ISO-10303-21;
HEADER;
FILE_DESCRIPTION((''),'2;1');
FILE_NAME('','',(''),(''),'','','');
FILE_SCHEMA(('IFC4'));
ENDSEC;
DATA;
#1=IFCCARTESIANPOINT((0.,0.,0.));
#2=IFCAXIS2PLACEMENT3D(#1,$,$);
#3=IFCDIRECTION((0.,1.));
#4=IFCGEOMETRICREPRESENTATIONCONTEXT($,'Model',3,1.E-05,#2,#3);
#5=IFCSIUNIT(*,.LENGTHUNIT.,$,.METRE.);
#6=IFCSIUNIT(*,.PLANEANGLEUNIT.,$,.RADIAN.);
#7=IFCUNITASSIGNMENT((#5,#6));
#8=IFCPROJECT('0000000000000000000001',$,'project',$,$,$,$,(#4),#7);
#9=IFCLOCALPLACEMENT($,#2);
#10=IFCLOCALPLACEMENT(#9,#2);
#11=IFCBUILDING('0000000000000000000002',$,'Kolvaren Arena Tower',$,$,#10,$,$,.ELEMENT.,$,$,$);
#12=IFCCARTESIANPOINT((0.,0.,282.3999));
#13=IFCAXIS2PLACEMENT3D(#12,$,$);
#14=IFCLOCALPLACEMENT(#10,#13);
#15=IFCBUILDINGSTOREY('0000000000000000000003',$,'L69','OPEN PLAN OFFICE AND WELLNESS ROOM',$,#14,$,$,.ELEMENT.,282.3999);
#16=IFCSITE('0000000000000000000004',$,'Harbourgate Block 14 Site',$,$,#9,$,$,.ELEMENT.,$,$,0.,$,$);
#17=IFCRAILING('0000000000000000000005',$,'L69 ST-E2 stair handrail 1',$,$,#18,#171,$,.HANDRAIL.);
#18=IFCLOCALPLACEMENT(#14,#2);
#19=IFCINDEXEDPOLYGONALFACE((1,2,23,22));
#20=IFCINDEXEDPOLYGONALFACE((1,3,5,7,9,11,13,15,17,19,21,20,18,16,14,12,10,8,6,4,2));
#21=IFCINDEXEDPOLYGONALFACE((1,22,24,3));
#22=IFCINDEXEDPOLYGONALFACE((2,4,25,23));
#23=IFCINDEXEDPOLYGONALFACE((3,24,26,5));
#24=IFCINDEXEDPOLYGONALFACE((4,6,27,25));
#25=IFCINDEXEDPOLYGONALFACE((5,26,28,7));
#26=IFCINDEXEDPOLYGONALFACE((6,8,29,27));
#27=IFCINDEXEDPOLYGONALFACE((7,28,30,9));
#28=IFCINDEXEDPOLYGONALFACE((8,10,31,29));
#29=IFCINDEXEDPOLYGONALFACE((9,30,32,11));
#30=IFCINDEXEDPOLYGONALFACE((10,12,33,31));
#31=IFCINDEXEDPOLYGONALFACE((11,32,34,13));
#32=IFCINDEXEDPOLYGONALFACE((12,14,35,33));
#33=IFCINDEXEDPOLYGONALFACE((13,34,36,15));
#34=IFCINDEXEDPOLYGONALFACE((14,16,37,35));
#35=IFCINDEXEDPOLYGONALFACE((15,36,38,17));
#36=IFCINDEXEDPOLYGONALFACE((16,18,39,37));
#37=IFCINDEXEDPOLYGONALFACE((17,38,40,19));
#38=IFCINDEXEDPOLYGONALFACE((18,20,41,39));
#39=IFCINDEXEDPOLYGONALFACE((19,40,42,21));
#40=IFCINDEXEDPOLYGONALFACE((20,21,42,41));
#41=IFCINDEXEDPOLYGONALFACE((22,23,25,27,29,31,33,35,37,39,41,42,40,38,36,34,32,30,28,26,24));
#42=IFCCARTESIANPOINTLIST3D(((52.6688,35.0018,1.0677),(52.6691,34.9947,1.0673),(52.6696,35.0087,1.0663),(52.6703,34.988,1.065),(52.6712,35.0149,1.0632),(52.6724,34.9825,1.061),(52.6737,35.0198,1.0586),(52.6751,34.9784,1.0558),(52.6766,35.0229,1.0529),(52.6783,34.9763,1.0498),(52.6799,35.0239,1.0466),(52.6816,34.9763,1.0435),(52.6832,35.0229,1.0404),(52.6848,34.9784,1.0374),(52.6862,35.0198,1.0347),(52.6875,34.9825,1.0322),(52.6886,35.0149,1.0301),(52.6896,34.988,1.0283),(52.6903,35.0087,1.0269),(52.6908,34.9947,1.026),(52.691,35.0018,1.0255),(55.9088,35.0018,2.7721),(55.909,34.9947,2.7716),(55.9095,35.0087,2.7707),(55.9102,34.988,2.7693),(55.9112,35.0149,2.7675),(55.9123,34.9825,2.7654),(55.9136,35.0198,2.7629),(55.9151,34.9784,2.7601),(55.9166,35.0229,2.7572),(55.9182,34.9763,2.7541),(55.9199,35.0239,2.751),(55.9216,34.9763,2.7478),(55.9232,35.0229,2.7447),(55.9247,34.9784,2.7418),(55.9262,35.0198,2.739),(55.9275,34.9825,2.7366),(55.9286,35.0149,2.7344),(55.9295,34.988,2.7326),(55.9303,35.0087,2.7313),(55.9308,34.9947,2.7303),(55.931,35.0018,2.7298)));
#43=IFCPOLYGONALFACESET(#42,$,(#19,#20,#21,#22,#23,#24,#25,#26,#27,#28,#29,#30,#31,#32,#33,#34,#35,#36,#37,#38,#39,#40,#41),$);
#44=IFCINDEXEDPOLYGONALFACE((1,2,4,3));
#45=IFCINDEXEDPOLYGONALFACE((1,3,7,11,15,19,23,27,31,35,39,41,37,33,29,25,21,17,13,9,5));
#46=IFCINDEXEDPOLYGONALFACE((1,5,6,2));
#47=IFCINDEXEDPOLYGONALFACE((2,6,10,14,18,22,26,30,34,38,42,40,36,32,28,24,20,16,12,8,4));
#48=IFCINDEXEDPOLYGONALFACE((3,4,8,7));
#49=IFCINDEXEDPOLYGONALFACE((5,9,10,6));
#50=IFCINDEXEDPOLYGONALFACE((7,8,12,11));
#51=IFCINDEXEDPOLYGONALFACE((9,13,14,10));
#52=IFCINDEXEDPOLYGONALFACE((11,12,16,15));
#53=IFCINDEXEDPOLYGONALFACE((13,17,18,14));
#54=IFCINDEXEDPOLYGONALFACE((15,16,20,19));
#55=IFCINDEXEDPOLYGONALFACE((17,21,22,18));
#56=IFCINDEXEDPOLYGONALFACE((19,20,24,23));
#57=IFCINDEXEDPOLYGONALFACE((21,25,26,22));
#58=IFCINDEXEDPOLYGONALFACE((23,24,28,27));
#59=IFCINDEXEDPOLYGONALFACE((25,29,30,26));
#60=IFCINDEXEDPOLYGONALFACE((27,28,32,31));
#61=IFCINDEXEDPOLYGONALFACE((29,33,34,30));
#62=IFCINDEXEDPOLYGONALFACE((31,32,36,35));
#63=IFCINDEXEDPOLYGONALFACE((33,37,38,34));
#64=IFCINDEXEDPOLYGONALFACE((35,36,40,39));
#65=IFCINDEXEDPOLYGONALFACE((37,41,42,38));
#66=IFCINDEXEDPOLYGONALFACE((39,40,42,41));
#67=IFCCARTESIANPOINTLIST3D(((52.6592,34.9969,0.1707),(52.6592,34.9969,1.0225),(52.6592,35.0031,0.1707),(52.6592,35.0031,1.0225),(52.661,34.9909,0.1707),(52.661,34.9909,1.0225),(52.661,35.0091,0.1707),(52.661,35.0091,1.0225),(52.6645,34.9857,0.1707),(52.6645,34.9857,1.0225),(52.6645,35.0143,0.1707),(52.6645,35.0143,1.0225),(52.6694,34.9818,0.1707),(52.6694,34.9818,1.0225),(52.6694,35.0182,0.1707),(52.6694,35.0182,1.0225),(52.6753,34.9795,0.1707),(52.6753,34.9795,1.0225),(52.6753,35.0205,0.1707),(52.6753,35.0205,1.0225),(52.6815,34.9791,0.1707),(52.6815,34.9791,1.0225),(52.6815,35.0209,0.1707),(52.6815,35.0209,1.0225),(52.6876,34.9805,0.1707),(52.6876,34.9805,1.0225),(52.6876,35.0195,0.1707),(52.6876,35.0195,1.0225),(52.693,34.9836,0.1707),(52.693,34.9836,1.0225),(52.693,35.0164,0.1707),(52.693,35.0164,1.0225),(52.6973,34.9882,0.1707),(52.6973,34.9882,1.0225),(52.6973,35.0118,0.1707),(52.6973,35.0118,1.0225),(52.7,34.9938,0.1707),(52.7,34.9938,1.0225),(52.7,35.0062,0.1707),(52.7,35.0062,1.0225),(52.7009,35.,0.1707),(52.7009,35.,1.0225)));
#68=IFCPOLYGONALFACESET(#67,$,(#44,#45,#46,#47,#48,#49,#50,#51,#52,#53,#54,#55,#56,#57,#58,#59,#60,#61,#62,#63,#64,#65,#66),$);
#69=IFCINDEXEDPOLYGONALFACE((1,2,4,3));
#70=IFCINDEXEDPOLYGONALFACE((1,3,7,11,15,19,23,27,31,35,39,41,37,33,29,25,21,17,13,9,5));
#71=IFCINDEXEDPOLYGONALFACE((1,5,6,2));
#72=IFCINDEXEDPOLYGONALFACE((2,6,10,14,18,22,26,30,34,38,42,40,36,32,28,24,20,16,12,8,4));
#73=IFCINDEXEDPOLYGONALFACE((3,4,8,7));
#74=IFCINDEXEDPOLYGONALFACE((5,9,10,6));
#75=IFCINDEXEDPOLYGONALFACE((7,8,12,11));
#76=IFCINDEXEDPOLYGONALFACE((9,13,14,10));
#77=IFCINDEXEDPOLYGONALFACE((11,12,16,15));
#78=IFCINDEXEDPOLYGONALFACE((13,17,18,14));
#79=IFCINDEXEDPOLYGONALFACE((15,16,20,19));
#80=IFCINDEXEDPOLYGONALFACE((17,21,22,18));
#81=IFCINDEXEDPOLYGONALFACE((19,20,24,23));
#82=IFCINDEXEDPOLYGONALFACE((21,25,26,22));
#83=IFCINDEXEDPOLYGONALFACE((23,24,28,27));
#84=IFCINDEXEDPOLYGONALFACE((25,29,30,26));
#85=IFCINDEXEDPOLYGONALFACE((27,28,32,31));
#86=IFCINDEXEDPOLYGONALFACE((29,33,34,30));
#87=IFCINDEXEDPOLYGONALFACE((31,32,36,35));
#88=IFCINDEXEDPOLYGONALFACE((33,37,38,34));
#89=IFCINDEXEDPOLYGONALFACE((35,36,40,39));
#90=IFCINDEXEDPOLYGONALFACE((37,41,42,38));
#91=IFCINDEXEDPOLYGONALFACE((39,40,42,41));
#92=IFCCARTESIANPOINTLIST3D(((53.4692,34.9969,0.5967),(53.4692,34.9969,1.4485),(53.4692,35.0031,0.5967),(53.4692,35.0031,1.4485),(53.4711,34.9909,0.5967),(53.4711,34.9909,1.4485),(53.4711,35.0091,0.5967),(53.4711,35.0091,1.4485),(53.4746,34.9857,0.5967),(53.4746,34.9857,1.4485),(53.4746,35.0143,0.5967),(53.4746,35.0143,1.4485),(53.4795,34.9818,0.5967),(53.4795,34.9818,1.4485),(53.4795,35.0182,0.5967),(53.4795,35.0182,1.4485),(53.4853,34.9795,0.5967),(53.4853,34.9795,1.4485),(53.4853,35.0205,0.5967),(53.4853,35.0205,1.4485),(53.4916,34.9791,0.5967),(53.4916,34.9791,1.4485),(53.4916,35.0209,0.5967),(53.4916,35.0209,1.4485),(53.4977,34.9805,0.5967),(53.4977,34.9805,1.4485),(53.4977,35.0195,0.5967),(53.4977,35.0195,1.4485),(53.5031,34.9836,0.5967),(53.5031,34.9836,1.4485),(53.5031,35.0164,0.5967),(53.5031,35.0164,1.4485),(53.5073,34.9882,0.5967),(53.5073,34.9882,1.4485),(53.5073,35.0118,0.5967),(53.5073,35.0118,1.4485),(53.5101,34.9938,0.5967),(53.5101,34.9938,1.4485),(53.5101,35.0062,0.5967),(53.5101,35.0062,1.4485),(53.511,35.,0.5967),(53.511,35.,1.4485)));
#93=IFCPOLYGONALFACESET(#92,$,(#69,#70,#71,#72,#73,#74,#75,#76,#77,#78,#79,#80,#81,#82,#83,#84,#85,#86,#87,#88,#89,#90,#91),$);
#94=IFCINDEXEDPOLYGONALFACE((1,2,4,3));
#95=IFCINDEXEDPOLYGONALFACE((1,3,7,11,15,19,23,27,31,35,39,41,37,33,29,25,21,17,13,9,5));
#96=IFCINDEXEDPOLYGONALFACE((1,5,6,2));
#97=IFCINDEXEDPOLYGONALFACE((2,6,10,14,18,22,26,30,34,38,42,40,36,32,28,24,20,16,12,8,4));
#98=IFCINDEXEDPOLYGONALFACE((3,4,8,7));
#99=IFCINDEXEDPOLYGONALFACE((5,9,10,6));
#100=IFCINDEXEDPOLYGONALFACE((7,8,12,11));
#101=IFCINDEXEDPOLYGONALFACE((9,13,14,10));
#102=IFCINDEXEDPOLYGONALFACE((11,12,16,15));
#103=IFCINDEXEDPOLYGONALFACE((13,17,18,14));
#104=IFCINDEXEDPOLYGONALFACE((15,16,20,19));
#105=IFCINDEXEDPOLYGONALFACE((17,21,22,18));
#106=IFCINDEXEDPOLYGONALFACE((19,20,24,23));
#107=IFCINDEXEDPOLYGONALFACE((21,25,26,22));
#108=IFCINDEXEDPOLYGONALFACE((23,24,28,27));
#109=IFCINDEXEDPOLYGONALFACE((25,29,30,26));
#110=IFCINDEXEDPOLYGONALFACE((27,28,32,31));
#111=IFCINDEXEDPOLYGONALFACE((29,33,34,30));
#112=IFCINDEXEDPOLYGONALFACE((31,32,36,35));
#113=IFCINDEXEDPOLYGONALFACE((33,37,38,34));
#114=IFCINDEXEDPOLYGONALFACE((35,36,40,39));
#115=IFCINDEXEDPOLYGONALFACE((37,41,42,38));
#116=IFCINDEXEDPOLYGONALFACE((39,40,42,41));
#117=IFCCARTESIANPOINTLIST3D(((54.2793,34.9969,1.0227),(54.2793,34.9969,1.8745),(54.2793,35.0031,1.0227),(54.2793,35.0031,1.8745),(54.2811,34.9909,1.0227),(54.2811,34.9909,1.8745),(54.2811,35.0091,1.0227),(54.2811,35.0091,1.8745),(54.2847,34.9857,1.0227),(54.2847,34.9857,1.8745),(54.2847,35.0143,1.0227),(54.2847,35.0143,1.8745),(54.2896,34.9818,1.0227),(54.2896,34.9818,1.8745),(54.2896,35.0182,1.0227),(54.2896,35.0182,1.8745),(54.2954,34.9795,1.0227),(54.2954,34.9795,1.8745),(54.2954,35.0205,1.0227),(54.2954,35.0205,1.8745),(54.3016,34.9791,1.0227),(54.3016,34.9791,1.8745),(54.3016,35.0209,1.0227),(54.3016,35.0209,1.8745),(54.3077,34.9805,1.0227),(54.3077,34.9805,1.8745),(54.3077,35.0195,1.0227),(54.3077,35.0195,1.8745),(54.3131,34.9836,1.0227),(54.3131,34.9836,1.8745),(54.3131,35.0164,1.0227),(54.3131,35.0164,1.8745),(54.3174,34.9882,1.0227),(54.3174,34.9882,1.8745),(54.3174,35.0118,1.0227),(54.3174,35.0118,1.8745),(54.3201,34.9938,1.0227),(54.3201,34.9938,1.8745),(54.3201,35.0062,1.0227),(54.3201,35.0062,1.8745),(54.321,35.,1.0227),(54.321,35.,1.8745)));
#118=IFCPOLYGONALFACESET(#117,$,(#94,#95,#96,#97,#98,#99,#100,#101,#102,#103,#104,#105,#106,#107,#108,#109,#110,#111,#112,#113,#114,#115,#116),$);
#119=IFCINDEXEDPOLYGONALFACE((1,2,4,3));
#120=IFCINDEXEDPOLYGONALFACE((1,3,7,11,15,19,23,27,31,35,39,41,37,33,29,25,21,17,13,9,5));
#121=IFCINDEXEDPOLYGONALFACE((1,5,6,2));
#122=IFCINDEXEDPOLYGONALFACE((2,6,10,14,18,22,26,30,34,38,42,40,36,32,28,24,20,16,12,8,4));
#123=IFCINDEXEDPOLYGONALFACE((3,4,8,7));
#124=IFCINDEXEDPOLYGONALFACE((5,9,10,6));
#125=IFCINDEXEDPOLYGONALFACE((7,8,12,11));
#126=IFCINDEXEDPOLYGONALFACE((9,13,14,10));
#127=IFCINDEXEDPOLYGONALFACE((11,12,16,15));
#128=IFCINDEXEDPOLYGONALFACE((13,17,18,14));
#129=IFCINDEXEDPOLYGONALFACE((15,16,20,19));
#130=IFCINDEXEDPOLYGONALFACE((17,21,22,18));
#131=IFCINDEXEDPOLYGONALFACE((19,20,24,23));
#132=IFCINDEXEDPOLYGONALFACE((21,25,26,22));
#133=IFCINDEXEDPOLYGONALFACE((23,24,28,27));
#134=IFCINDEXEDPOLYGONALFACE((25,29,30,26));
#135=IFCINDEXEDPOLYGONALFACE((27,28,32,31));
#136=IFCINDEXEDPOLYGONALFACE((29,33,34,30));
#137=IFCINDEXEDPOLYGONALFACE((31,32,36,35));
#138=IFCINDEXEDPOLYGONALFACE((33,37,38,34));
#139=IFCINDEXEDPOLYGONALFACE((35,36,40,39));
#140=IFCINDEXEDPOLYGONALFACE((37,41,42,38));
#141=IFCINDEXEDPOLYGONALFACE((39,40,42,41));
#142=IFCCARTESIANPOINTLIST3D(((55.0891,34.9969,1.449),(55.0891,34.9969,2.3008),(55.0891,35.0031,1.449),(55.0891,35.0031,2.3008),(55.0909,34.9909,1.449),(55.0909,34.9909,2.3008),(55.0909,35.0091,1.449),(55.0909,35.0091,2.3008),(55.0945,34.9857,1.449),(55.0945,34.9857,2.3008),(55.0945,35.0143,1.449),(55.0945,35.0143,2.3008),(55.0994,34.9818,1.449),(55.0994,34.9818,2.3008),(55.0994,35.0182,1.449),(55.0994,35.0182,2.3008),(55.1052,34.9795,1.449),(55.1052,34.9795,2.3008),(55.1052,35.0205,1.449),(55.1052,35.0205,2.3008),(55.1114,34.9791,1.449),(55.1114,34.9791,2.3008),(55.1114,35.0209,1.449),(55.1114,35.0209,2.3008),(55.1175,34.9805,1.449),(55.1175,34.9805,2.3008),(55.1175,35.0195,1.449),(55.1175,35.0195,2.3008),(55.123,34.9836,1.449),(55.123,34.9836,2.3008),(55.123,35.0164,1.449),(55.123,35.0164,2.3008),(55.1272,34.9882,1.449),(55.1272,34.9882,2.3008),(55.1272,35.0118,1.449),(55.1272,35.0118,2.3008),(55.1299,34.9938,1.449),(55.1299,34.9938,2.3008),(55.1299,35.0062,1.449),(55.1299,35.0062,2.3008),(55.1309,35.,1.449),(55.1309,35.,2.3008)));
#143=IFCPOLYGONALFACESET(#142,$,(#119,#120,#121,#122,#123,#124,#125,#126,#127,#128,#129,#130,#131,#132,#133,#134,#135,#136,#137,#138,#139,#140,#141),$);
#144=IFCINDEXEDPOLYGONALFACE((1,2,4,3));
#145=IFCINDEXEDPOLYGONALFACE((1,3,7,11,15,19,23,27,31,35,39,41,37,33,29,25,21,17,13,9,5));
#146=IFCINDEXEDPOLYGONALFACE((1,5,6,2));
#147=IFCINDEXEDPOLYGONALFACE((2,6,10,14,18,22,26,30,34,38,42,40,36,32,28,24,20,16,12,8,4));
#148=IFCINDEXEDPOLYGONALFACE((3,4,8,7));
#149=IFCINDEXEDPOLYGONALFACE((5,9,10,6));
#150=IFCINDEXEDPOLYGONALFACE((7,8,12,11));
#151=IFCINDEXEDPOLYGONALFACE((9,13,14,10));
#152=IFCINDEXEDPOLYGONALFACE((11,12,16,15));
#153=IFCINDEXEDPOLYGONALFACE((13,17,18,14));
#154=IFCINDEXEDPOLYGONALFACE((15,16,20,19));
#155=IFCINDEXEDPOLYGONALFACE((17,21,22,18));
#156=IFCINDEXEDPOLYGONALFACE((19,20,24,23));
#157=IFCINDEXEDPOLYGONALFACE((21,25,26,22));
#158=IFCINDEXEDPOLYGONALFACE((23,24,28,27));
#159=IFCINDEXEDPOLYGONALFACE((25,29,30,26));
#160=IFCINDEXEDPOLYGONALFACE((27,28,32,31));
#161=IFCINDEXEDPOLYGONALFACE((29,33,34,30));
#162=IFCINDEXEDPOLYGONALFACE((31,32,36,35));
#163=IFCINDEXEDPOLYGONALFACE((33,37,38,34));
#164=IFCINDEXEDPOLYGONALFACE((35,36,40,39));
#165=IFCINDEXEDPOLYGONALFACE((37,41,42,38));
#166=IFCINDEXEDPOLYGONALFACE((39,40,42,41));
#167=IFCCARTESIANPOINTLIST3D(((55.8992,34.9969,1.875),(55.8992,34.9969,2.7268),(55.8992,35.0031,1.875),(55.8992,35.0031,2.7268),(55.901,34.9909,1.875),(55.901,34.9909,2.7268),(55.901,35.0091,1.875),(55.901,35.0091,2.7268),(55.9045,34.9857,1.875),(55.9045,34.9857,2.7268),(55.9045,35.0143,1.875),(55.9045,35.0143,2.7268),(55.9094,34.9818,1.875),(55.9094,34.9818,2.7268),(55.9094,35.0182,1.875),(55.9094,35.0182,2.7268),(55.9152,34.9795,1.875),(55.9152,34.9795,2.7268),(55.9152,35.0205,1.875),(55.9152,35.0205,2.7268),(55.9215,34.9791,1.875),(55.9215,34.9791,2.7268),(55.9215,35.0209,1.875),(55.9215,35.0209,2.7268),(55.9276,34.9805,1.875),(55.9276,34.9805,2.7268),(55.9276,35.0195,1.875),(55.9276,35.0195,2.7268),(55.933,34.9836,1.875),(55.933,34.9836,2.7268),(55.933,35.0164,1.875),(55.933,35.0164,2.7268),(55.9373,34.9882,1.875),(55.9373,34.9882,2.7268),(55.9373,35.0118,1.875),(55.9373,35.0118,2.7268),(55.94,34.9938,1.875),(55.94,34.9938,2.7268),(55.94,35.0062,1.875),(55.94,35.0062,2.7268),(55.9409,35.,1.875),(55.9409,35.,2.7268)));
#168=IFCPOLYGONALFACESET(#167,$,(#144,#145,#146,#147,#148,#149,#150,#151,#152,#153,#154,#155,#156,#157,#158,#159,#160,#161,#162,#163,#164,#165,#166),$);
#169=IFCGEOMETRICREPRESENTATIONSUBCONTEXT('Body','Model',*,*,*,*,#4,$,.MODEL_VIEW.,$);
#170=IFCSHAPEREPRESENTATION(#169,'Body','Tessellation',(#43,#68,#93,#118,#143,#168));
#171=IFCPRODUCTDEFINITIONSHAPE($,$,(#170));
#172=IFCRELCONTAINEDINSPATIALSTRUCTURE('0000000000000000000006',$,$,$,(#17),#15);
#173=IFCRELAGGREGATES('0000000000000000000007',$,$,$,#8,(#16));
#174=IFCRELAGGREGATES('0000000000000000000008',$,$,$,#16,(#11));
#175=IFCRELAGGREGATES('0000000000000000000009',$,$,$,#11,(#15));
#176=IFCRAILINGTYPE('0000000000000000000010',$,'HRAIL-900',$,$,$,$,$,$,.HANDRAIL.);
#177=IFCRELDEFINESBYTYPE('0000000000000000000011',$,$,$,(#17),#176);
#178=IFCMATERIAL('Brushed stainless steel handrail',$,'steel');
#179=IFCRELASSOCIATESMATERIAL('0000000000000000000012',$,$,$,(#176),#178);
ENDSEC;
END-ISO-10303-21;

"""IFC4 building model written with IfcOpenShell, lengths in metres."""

from ifc_helpers import new_model, si_unit, direction, frame, origin, origin_2d, place, context, subcontext, project, spatial, circle, extrude, material, type_object, element, save


model = new_model("IFC4")

# Units and contexts
model_context = context("Model", 3, precision=1e-05, world=origin(), true_north=direction((0.0, 1.0)))
body_context = subcontext(model_context, "Body", "Model", "MODEL_VIEW")
ifc_project = project(units=[si_unit("LENGTHUNIT", "METRE"), si_unit("PLANEANGLEUNIT", "RADIAN")], contexts=[model_context])

# Site, building, storey
site_placement = place(None, origin())
site = spatial("IfcSite", under=ifc_project, at=site_placement, Name="Harbourgate Block 14 Site", CompositionType="ELEMENT", RefElevation=0.0)
building_placement = place(site_placement, origin())
building = spatial("IfcBuilding", under=site, at=building_placement, Name="Kolvaren Arena Tower", CompositionType="ELEMENT")
storey_placement = place(building_placement, frame((0.0, 0.0, 282.3999)))
storey = spatial("IfcBuildingStorey", under=building, at=storey_placement, Name="L69", Description="OPEN PLAN OFFICE AND WELLNESS ROOM", CompositionType="ELEMENT", Elevation=282.3999)

# Railing
ifc_material_1 = material(Name="Brushed stainless steel handrail", Category="steel")
railing_type_1 = type_object("IfcRailingType", Name="HRAIL-900", PredefinedType="HANDRAIL", material=ifc_material_1)
for number, where, name in (
    (1, (52.6799, 35.0, 0.1707), "L69 ST-E2 stair handrail 1"),
):
    element("IfcRailing", number, at=place(storey_placement, frame(where)), inside=storey, type_object=railing_type_1, Name=name, PredefinedType="HANDRAIL", context=body_context, shape_type="SweptSolid", body=[
        extrude(circle(Radius=0.0239, at=origin_2d()), frame((0.0, 0.0, 0.876), z_axis=(0.885021, 0.0, 0.465551), x_axis=(0.0, 1.0, 0.0)), (0.0, 0.0, 1.0), 3.6609),
        extrude(circle(Radius=0.021, at=origin_2d()), origin(), (0.0, 0.0, 1.0), 0.8518),
        extrude(circle(Radius=0.021, at=origin_2d()), frame((0.8101, 0.0, 0.426)), (0.0, 0.0, 1.0), 0.8518),
        extrude(circle(Radius=0.021, at=origin_2d()), frame((1.6201, 0.0, 0.8521)), (0.0, 0.0, 1.0), 0.8518),
        extrude(circle(Radius=0.021, at=origin_2d()), frame((2.4299, 0.0, 1.2783)), (0.0, 0.0, 1.0), 0.8518),
        extrude(circle(Radius=0.021, at=origin_2d()), frame((3.24, 0.0, 1.7043)), (0.0, 0.0, 1.0), 0.8518),
    ])

save(model, "model.ifc")
